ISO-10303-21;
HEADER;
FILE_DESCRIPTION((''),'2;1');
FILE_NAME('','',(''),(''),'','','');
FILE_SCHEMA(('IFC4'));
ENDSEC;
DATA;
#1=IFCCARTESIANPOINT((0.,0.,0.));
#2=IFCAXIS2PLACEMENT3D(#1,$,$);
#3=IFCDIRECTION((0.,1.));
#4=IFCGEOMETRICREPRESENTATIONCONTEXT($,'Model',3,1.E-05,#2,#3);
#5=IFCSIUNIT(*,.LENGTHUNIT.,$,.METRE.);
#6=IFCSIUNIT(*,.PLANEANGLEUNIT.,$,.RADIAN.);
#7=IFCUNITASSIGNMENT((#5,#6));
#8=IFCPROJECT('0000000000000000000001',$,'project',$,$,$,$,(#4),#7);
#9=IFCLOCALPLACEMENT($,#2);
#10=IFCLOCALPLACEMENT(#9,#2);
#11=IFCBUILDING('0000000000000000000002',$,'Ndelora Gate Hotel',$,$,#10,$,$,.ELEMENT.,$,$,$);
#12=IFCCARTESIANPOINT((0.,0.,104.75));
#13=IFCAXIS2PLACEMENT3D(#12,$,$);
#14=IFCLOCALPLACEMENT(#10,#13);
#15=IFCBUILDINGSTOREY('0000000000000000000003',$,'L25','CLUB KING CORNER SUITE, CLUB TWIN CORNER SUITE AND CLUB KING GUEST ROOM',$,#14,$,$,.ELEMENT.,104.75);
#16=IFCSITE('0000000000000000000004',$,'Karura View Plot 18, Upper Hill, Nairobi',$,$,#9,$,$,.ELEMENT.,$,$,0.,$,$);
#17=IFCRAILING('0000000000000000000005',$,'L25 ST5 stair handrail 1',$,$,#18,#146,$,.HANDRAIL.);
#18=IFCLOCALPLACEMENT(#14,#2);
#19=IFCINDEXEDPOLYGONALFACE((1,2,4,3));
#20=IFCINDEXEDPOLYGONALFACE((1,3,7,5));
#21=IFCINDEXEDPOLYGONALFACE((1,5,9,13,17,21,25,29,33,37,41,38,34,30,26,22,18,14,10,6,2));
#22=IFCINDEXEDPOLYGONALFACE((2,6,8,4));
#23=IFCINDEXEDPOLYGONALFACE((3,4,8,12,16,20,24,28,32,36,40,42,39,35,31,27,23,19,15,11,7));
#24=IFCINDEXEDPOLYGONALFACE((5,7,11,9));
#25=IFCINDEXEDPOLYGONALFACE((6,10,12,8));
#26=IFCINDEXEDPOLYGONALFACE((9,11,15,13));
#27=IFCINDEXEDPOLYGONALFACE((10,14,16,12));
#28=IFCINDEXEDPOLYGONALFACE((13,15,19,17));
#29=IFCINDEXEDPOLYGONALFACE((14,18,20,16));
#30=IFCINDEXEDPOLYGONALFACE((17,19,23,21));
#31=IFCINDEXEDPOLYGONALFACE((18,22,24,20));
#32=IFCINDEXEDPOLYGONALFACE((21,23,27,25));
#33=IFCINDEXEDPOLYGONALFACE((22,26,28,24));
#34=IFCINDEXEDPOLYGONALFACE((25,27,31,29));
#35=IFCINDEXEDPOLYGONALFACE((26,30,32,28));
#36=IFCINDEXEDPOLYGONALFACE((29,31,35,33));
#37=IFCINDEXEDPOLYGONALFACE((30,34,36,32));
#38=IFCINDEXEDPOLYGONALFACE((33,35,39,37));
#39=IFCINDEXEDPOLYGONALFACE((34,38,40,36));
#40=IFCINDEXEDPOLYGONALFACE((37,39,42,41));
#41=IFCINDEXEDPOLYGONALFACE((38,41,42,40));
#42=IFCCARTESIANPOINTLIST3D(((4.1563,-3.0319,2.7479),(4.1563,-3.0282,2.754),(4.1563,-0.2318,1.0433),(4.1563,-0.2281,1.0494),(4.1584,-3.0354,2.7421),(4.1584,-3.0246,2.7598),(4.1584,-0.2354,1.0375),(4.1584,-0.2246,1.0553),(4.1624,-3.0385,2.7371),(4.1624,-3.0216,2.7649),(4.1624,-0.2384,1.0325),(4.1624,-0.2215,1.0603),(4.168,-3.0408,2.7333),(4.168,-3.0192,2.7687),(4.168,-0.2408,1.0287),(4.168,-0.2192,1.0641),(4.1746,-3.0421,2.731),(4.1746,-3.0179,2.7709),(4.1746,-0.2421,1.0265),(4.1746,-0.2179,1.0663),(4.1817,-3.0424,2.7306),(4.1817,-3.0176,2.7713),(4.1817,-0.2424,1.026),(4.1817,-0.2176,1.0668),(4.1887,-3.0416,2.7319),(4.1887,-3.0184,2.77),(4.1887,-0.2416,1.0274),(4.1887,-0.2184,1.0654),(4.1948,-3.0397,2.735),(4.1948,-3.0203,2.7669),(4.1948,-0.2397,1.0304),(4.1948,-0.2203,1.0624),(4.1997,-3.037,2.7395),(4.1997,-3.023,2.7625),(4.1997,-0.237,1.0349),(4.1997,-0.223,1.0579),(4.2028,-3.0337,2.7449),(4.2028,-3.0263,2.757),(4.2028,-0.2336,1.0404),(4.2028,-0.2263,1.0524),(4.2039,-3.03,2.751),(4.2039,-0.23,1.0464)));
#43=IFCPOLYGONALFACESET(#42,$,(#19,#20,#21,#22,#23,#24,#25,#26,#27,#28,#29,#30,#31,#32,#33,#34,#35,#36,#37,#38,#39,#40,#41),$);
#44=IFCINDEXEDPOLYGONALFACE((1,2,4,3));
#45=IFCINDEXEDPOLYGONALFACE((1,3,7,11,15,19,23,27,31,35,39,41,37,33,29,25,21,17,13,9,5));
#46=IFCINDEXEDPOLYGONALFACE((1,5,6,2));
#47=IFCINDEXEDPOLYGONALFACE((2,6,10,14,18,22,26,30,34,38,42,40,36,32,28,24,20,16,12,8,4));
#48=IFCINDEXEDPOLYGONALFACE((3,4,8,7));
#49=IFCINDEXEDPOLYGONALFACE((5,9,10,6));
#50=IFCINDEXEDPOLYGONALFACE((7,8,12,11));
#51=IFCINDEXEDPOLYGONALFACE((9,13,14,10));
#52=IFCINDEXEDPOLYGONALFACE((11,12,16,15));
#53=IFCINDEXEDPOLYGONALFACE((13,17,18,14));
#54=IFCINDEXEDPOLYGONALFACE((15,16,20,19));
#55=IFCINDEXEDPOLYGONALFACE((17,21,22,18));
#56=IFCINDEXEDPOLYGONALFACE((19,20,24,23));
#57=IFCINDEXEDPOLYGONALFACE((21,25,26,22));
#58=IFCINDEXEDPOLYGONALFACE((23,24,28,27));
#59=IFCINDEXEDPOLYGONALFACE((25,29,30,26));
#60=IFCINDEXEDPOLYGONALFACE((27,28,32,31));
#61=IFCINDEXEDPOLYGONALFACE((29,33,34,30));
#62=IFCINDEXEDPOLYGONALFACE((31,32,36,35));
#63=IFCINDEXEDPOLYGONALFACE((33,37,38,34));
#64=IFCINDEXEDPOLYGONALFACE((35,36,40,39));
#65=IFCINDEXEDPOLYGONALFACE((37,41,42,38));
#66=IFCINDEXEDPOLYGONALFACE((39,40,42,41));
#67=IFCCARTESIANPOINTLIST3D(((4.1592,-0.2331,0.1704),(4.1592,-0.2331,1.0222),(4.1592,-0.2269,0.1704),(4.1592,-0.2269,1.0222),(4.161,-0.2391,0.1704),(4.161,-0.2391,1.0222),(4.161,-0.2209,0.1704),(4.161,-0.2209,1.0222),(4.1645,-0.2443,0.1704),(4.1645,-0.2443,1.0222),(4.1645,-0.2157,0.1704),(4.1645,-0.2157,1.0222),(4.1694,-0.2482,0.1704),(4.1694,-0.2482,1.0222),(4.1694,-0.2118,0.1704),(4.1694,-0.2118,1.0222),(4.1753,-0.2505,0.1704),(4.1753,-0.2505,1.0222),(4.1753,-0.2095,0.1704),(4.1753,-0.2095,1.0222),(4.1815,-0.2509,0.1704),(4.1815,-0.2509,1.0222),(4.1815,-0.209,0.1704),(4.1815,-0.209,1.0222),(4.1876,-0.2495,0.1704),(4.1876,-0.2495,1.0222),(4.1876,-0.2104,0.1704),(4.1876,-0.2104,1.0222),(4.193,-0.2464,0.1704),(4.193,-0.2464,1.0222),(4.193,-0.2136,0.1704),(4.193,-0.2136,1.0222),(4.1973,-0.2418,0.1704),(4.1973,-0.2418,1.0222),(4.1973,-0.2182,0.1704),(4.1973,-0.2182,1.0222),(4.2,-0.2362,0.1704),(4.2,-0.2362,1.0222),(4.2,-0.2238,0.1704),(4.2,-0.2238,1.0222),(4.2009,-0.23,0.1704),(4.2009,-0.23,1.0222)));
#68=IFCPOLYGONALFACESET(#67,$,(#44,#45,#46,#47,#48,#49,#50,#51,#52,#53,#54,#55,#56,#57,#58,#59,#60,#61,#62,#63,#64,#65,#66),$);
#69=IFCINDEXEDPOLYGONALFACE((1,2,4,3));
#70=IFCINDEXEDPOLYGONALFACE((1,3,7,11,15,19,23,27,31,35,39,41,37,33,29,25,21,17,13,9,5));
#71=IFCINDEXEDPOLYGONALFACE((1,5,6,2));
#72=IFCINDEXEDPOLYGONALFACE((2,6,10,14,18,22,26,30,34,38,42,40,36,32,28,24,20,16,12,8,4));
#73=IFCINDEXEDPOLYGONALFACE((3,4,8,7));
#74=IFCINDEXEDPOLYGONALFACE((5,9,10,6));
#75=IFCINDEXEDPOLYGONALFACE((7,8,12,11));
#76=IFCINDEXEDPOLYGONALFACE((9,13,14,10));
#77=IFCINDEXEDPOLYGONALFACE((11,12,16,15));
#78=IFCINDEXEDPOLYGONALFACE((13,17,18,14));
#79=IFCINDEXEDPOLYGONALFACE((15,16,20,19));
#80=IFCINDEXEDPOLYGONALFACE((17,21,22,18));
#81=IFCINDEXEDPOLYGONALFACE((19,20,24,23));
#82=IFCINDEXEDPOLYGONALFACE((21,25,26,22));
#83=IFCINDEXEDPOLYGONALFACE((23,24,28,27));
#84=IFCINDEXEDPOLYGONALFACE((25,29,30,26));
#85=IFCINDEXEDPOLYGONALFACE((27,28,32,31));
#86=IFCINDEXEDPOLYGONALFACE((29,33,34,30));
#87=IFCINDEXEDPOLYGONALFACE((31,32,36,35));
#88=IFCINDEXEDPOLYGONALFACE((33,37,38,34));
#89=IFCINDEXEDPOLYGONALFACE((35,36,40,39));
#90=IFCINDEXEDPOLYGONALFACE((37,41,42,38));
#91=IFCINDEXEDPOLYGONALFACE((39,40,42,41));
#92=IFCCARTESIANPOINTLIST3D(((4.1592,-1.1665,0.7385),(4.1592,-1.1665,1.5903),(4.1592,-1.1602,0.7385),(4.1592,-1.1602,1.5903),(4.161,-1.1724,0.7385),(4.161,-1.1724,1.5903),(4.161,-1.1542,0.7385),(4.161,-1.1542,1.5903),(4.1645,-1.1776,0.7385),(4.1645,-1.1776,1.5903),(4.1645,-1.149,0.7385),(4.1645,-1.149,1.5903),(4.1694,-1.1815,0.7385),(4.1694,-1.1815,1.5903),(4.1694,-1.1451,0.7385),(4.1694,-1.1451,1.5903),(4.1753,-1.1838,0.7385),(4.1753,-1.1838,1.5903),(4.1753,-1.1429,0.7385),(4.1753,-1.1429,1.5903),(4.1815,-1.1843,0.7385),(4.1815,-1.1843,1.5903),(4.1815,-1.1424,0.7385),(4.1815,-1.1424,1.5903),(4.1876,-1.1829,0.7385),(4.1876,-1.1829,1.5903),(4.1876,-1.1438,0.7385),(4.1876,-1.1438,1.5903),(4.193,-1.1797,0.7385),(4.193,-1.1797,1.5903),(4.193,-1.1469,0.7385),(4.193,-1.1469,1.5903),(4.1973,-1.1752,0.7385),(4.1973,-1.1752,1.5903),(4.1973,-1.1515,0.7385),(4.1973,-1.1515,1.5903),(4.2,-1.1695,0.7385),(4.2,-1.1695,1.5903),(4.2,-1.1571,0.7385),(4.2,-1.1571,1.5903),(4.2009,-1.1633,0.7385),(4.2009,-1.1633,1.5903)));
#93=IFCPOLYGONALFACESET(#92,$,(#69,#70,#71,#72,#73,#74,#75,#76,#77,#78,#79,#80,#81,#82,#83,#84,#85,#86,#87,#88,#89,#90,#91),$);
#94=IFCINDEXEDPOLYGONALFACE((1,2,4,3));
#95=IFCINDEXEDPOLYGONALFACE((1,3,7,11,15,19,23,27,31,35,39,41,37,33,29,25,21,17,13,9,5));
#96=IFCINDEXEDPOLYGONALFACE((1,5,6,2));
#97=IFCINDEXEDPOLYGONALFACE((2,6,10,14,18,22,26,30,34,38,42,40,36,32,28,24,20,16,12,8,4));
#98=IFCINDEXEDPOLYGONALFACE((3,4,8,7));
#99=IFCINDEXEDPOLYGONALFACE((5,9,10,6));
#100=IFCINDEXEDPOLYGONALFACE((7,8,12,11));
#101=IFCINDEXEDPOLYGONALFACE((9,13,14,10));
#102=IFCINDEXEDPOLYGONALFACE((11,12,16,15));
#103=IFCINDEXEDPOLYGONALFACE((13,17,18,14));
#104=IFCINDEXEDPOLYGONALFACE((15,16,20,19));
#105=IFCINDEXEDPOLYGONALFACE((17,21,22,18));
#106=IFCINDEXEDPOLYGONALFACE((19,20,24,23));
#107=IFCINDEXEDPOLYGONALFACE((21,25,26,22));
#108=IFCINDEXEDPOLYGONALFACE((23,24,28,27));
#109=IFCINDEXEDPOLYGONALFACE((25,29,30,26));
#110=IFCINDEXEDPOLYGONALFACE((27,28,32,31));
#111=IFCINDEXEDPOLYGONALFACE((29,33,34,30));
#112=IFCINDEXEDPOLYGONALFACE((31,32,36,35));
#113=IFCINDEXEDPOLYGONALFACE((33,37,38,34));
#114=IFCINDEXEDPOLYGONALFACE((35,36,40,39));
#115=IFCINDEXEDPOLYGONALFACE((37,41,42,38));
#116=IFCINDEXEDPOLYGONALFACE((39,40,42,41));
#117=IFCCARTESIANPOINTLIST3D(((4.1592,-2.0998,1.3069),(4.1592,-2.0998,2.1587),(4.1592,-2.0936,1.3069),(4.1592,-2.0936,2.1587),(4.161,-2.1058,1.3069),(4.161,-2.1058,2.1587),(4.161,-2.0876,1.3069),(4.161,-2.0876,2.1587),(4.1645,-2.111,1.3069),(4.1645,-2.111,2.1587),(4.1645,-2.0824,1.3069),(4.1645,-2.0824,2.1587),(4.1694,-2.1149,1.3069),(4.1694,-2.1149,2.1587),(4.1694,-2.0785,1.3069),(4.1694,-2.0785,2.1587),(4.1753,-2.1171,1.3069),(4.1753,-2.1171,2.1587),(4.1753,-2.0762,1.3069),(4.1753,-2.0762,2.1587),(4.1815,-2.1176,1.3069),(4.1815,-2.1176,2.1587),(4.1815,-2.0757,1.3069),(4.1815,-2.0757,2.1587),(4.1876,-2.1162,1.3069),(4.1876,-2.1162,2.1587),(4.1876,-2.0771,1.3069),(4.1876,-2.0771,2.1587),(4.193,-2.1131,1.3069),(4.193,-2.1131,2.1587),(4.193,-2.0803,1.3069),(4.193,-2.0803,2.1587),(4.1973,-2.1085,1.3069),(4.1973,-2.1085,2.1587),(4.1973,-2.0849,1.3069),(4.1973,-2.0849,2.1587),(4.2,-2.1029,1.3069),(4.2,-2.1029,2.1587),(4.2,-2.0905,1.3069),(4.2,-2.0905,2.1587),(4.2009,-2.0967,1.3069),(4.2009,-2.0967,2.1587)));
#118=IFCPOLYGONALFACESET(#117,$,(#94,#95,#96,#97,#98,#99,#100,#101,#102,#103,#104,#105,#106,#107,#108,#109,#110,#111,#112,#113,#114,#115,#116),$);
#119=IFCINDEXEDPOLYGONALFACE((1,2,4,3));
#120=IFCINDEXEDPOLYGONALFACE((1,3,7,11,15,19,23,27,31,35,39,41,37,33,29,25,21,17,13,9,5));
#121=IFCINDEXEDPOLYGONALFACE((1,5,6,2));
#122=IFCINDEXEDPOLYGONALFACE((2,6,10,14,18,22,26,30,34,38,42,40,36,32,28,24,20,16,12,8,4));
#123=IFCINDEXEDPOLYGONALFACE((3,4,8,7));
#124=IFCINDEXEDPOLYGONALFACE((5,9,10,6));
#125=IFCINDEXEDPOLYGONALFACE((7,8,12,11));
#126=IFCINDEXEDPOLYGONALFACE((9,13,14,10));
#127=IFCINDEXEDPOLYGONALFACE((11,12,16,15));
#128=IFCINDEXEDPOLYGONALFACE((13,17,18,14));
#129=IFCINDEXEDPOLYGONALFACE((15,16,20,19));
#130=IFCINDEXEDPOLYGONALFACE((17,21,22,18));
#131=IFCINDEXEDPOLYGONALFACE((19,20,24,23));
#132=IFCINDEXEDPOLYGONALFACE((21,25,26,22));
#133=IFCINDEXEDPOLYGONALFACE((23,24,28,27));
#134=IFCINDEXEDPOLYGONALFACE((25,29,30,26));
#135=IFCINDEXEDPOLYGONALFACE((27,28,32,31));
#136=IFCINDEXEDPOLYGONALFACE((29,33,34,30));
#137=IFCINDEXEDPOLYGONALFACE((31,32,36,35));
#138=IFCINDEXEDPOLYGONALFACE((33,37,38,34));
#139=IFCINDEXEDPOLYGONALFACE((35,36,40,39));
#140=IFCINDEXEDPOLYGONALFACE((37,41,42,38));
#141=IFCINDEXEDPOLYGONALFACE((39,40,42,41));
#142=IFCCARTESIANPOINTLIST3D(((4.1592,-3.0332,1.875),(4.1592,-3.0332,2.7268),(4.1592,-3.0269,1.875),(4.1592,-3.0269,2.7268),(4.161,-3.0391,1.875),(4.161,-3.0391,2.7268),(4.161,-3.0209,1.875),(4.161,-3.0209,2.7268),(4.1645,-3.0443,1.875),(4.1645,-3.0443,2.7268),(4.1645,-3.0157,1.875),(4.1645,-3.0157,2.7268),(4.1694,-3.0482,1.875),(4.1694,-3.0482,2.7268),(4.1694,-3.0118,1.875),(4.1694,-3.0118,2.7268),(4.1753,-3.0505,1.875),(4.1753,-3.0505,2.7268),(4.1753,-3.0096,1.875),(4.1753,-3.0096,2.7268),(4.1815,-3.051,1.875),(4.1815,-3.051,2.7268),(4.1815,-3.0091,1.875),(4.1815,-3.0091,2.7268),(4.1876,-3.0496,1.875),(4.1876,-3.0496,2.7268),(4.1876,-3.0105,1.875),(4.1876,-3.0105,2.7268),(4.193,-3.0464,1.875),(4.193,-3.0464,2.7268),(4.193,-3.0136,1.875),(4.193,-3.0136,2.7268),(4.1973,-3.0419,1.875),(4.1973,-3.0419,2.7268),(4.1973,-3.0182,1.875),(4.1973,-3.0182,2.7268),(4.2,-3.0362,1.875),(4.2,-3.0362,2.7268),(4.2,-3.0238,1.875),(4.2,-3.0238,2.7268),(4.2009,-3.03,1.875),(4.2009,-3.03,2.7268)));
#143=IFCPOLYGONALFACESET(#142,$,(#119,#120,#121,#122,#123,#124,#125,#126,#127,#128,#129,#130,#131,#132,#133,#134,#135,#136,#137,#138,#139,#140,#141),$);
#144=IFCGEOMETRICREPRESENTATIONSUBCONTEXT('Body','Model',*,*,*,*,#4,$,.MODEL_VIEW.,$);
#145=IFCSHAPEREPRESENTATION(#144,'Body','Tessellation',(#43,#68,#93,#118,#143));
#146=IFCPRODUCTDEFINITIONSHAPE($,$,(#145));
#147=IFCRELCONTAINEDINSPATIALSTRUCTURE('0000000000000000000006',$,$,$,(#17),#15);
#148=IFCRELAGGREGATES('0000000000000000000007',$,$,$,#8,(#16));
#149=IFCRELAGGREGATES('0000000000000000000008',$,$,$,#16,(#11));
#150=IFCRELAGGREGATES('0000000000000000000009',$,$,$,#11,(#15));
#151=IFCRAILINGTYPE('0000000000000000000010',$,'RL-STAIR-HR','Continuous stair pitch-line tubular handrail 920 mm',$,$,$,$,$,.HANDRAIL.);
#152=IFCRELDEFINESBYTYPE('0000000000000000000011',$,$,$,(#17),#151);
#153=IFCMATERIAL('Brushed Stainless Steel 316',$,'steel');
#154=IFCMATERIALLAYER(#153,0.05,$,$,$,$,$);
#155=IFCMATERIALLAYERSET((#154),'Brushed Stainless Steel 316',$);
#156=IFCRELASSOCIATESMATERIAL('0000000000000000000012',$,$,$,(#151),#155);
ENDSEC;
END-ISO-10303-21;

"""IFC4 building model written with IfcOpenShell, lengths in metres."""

from ifc_helpers import new_model, si_unit, direction, frame, origin, origin_2d, place, context, subcontext, project, spatial, circle, extrude, material, layer, layer_set, type_object, element, save


model = new_model("IFC4")

# Units and contexts
model_context = context("Model", 3, precision=1e-05, world=origin(), true_north=direction((0.0, 1.0)))
body_context = subcontext(model_context, "Body", "Model", "MODEL_VIEW")
ifc_project = project(units=[si_unit("LENGTHUNIT", "METRE"), si_unit("PLANEANGLEUNIT", "RADIAN")], contexts=[model_context])

# Site, building, storey
site_placement = place(None, origin())
site = spatial("IfcSite", under=ifc_project, at=site_placement, Name="Karura View Plot 18, Upper Hill, Nairobi", CompositionType="ELEMENT", RefElevation=0.0)
building_placement = place(site_placement, origin())
building = spatial("IfcBuilding", under=site, at=building_placement, Name="Ndelora Gate Hotel", CompositionType="ELEMENT")
storey_placement = place(building_placement, frame((0.0, 0.0, 104.75)))
storey = spatial("IfcBuildingStorey", under=building, at=storey_placement, Name="L25", Description="CLUB KING CORNER SUITE, CLUB TWIN CORNER SUITE AND CLUB KING GUEST ROOM", CompositionType="ELEMENT", Elevation=104.75)

# Railing
ifc_material_1 = material(Name="Brushed Stainless Steel 316", Category="steel")
ifc_layer_1 = layer(ifc_material_1, 0.05)
ifc_layer_set_1 = layer_set([ifc_layer_1], Name="Brushed Stainless Steel 316")
railing_type_1 = type_object("IfcRailingType", Name="RL-STAIR-HR", Description="Continuous stair pitch-line tubular handrail 920 mm", PredefinedType="HANDRAIL", material=ifc_layer_set_1)
railing_1_placement = place(storey_placement, frame((4.1799, -0.23, 0.1704)))
element("IfcRailing", 1, at=railing_1_placement, inside=storey, type_object=railing_type_1, Name="L25 ST5 stair handrail 1", PredefinedType="HANDRAIL", context=body_context, shape_type="SweptSolid", body=[
    extrude(circle(Radius=0.0239, at=origin_2d()), frame((0.0, 0.0, 0.876), z_axis=(0.0, -0.85417, 0.519994), x_axis=(1.0, 0.0, 0.0)), (0.0, 0.0, 1.0), 3.2781),
    extrude(circle(Radius=0.021, at=origin_2d()), origin(), (0.0, 0.0, 1.0), 0.8518),
    extrude(circle(Radius=0.021, at=origin_2d()), frame((0.0, -0.9333, 0.5681)), (0.0, 0.0, 1.0), 0.8518),
    extrude(circle(Radius=0.021, at=origin_2d()), frame((0.0, -1.8667, 1.1365)), (0.0, 0.0, 1.0), 0.8518),
    extrude(circle(Radius=0.021, at=origin_2d()), frame((0.0, -2.8, 1.7046)), (0.0, 0.0, 1.0), 0.8518),
])

save(model, "model.ifc")
